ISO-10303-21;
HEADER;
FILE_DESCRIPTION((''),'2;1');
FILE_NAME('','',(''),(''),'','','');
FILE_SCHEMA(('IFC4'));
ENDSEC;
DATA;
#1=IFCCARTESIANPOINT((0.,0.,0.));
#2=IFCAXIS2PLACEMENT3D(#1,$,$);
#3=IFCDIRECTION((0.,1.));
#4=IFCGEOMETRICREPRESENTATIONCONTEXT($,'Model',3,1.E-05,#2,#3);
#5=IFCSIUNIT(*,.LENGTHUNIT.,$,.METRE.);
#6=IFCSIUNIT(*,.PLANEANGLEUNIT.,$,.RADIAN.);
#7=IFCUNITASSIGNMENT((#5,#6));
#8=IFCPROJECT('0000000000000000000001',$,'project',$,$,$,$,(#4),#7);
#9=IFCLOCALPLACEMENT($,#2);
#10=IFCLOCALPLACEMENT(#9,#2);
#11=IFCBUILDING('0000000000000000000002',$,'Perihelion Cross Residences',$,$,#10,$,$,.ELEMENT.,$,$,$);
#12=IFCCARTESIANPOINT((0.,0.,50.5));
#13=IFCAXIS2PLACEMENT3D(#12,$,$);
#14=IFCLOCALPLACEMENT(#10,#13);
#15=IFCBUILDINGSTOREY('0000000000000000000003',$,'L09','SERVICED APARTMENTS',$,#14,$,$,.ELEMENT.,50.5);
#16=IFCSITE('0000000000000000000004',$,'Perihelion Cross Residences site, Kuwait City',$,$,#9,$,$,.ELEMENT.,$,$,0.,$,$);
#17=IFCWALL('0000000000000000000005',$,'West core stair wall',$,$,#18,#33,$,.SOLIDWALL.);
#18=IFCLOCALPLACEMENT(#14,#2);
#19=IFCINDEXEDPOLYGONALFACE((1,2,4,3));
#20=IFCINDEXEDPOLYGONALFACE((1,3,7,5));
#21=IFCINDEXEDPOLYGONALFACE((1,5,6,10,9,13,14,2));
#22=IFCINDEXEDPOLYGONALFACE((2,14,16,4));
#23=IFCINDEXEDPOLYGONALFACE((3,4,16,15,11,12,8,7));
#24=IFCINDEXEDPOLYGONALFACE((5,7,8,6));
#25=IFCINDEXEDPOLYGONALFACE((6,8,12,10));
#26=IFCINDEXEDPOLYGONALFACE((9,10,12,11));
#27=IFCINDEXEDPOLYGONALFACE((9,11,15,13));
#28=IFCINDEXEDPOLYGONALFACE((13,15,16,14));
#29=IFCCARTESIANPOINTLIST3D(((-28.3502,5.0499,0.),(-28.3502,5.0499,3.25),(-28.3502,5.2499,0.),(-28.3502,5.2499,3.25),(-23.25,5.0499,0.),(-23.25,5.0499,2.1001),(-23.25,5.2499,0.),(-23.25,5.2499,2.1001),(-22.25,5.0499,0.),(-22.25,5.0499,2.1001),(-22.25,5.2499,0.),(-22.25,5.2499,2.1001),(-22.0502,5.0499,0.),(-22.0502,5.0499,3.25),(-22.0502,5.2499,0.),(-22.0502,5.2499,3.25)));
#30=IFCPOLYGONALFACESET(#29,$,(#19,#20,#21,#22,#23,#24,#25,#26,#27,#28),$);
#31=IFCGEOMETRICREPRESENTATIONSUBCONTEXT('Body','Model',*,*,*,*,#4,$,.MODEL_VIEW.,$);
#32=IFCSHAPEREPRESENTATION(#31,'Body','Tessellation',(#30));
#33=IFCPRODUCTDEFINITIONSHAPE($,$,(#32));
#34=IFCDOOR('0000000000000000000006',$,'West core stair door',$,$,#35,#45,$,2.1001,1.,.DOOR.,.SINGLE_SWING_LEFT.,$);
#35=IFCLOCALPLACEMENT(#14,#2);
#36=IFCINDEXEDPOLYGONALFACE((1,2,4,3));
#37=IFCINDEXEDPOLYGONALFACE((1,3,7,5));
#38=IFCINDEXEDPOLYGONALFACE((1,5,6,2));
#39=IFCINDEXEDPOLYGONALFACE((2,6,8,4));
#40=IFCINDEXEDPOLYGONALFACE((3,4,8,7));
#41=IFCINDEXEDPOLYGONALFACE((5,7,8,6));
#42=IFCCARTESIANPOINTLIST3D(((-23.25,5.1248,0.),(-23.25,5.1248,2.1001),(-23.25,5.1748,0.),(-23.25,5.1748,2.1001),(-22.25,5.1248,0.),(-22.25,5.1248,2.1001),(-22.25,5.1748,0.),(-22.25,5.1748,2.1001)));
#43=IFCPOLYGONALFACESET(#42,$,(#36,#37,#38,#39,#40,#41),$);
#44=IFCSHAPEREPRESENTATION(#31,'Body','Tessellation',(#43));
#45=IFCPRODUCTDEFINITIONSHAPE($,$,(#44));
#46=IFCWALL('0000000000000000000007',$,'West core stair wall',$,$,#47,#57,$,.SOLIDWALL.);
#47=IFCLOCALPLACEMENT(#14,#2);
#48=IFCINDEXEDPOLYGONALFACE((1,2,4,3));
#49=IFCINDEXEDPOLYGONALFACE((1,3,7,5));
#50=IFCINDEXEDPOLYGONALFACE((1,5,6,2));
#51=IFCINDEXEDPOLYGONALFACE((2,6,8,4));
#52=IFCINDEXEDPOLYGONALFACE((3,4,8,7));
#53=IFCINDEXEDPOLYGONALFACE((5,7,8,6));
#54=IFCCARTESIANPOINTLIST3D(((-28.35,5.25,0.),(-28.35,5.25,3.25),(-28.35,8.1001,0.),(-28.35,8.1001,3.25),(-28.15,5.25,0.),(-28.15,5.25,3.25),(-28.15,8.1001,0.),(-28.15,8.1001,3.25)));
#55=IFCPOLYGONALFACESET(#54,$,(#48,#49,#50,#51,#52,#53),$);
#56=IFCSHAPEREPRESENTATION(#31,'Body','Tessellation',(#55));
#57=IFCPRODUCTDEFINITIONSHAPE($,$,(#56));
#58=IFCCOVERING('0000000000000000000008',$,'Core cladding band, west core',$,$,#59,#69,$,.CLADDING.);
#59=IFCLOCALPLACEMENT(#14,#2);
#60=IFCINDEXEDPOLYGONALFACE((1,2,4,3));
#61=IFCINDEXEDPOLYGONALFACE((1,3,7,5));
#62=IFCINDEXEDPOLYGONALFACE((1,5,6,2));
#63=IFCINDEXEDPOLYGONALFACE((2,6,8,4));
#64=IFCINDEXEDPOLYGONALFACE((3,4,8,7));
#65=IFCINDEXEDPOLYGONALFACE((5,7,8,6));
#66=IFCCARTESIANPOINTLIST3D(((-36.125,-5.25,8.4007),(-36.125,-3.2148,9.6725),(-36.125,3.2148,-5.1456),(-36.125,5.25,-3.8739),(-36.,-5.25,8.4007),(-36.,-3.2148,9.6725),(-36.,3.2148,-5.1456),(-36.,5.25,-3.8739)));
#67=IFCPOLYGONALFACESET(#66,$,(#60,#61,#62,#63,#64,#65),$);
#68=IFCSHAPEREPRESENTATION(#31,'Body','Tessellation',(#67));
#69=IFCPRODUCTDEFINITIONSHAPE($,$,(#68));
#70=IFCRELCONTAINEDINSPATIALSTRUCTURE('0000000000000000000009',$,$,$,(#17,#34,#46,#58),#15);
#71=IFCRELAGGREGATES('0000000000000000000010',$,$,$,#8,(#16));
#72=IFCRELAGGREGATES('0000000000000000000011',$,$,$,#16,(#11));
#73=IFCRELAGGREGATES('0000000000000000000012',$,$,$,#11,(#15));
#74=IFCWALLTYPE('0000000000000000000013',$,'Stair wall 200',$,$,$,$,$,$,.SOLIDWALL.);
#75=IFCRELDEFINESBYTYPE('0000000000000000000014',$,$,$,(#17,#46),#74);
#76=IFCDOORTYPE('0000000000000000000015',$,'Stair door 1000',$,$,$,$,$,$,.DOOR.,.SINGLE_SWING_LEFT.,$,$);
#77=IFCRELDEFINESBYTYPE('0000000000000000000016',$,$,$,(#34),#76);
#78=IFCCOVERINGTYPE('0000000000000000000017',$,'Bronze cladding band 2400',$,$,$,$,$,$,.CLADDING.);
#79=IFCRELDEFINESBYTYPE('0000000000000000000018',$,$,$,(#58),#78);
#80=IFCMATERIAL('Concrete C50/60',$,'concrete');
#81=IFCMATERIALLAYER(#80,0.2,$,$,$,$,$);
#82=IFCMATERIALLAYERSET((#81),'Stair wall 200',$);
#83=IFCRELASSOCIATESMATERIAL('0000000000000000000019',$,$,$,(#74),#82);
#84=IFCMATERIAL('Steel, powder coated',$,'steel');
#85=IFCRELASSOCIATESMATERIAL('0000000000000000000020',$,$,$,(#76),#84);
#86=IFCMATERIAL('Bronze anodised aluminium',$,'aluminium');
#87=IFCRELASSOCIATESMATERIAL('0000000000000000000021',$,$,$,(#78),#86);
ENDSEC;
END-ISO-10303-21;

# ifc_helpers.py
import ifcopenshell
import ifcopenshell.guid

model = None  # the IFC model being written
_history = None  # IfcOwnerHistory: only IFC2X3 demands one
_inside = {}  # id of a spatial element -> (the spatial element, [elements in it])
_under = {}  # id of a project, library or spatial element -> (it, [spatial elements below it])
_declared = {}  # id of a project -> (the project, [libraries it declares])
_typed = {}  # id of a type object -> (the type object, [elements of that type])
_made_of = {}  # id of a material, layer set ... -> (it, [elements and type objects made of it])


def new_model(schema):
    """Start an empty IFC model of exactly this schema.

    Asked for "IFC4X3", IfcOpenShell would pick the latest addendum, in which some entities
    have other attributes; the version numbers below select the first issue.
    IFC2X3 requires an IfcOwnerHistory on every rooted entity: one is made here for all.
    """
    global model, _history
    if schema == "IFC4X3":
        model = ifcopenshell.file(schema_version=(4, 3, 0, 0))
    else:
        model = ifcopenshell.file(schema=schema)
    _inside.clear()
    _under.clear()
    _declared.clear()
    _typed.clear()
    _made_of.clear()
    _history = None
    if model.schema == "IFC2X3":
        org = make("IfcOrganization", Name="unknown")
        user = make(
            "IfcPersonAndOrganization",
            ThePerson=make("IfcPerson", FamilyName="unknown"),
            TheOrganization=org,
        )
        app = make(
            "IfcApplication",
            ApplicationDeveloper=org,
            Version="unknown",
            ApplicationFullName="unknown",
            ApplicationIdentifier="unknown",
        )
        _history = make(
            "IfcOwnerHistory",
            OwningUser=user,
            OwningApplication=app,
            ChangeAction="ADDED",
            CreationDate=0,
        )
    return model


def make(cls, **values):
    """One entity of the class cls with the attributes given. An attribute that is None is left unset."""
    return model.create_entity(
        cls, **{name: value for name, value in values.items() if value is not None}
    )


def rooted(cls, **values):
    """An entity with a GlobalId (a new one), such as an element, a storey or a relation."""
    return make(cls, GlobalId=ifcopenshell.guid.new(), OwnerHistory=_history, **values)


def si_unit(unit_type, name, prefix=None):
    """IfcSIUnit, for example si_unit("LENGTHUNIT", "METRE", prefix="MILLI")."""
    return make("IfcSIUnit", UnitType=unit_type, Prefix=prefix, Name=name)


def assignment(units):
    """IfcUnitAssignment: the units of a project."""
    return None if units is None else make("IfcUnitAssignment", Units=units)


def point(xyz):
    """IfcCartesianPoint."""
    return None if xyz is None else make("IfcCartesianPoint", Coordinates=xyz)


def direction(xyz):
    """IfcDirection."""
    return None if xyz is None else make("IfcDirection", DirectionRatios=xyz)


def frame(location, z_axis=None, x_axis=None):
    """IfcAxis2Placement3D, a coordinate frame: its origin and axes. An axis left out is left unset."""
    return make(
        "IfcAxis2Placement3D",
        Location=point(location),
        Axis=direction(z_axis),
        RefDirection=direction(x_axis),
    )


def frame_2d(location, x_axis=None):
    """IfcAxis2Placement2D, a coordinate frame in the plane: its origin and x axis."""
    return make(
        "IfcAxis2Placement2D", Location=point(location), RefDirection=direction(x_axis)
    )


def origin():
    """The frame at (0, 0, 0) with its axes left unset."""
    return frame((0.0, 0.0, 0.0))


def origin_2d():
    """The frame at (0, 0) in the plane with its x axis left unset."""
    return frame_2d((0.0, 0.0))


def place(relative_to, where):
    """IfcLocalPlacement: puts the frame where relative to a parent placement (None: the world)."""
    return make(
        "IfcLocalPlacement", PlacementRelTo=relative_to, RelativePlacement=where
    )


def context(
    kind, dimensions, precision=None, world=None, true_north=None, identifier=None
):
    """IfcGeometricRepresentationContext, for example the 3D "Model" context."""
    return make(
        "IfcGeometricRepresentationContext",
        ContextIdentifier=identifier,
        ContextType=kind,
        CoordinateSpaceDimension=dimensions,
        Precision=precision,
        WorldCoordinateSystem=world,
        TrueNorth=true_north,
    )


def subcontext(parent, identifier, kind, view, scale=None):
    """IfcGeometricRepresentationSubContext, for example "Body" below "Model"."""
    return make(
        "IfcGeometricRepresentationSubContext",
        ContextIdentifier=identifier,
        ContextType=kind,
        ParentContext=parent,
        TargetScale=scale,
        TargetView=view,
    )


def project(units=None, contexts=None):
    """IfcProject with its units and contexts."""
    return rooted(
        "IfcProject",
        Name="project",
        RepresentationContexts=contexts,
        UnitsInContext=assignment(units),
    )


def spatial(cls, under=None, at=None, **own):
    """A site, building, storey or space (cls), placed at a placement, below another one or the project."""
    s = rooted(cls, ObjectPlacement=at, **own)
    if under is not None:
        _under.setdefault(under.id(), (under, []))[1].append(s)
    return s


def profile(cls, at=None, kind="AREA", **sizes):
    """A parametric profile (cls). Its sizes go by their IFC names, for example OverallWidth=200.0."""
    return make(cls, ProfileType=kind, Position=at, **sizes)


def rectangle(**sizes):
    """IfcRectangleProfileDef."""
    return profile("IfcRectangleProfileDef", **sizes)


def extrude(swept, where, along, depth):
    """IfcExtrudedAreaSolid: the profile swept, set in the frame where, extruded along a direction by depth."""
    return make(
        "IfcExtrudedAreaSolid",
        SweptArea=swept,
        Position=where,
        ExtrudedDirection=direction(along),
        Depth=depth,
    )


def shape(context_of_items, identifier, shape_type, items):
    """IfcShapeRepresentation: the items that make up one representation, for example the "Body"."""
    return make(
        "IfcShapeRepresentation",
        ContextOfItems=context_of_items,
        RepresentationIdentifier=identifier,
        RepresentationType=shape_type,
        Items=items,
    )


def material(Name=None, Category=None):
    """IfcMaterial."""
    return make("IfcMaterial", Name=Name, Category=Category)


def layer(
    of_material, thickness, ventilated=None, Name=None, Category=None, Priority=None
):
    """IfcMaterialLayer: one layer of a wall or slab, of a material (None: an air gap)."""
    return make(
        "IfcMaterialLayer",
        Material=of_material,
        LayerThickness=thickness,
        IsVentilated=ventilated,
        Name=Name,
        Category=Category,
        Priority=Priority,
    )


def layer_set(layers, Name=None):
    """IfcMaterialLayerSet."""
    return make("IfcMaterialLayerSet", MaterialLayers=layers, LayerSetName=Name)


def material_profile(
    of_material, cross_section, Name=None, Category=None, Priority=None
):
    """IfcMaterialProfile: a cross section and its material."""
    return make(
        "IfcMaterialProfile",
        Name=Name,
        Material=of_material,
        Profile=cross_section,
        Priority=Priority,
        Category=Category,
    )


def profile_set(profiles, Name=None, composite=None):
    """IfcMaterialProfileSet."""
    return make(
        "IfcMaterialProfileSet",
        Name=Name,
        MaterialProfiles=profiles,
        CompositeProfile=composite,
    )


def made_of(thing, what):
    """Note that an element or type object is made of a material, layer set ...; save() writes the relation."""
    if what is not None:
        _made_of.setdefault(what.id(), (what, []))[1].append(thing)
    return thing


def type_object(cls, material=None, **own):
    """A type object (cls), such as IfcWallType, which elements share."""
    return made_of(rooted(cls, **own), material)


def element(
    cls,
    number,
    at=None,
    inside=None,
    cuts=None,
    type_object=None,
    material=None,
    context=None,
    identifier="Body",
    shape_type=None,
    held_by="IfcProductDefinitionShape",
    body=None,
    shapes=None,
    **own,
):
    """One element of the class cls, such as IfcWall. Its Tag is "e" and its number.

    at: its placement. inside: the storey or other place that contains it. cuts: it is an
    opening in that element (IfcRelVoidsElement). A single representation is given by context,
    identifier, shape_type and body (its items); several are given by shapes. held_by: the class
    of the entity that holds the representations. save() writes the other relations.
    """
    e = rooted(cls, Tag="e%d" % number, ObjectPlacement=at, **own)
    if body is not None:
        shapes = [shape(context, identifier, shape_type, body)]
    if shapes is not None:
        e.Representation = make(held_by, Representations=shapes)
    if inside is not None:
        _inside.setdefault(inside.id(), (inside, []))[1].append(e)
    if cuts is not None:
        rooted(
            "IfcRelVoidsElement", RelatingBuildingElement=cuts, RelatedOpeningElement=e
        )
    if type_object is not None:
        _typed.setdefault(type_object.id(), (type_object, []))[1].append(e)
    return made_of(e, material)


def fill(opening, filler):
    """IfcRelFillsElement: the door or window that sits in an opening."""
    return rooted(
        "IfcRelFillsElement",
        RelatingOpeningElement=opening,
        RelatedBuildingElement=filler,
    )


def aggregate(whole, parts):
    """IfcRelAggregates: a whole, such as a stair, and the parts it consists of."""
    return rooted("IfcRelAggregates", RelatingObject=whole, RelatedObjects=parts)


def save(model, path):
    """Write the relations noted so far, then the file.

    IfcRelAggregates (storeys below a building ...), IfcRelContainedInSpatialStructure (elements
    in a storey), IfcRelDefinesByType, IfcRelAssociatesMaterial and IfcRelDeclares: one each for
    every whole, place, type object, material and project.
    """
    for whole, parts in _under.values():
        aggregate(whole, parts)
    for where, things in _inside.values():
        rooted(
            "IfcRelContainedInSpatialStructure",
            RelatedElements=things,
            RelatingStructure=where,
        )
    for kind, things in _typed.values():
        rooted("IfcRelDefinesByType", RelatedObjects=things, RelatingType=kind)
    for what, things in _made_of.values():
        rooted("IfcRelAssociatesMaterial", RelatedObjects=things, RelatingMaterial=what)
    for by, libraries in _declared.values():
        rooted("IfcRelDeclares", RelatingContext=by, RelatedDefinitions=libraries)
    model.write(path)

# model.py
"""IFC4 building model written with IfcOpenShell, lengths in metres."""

from ifc_helpers import new_model, si_unit, direction, frame, frame_2d, origin, origin_2d, place, context, subcontext, project, spatial, rectangle, extrude, material, layer, layer_set, material_profile, profile_set, type_object, element, fill, save


model = new_model("IFC4")

# Units and contexts
model_context = context("Model", 3, precision=1e-05, world=origin(), true_north=direction((0.0, 1.0)))
body_context = subcontext(model_context, "Body", "Model", "MODEL_VIEW")
ifc_project = project(units=[si_unit("LENGTHUNIT", "METRE"), si_unit("PLANEANGLEUNIT", "RADIAN")], contexts=[model_context])

# Site, building, storey
site_placement = place(None, origin())
site = spatial("IfcSite", under=ifc_project, at=site_placement, Name="Perihelion Cross Residences site, Kuwait City", CompositionType="ELEMENT", RefElevation=0.0)
building_placement = place(site_placement, origin())
building = spatial("IfcBuilding", under=site, at=building_placement, Name="Perihelion Cross Residences", CompositionType="ELEMENT")
storey_placement = place(building_placement, frame((0.0, 0.0, 50.5)))
storey = spatial("IfcBuildingStorey", under=building, at=storey_placement, Name="L09", Description="SERVICED APARTMENTS", CompositionType="ELEMENT", Elevation=50.5)

# Wall, opening, door
ifc_material_1 = material(Name="Concrete C50/60", Category="concrete")
ifc_layer_1 = layer(ifc_material_1, 0.2)
ifc_layer_set_1 = layer_set([ifc_layer_1], Name="Stair wall 200")
wall_type_1 = type_object("IfcWallType", Name="Stair wall 200", PredefinedType="SOLIDWALL", material=ifc_layer_set_1)
wall_1_placement = place(storey_placement, frame((-28.3501, 5.1499, 0.0), z_axis=(0.0, 0.0, 1.0), x_axis=(1.0, 0.0, 0.0)))
wall_1 = element("IfcWall", 1, at=wall_1_placement, inside=storey, type_object=wall_type_1, Name="West core stair wall", PredefinedType="SOLIDWALL", context=body_context, shape_type="SweptSolid", body=[
    extrude(rectangle(XDim=6.3, YDim=0.2, at=frame_2d((3.1499, 0.0))), origin(), (0.0, 0.0, 1.0), 3.25),
])
opening_1_placement = place(wall_1_placement, frame((5.1001, 0.0, 0.0)))
opening_1 = element("IfcOpeningElement", 2, at=opening_1_placement, cuts=wall_1, PredefinedType="OPENING", context=body_context, shape_type="SweptSolid", body=[
    extrude(rectangle(XDim=1.0, YDim=2.1001, at=frame_2d((0.5, 1.05))), frame((0.0, 0.1099, 0.0), z_axis=(0.0, -1.0, 0.0), x_axis=(1.0, 0.0, 0.0)), (0.0, 0.0, 1.0), 0.22),
])
ifc_material_2 = material(Name="Steel, powder coated", Category="steel")
door_type_1 = type_object("IfcDoorType", Name="Stair door 1000", OperationType="SINGLE_SWING_LEFT", PredefinedType="DOOR", material=ifc_material_2)
door_1_placement = place(opening_1_placement, origin())
door_1 = element("IfcDoor", 3, at=door_1_placement, inside=storey, type_object=door_type_1, Name="West core stair door", OperationType="SINGLE_SWING_LEFT", OverallHeight=2.1001, OverallWidth=1.0, PredefinedType="DOOR", context=body_context, shape_type="SweptSolid", body=[
    extrude(rectangle(XDim=1.0, YDim=2.1001, at=frame_2d((0.5, 1.05))), frame((0.0, 0.0249, 0.0), z_axis=(0.0, -1.0, 0.0), x_axis=(1.0, 0.0, 0.0)), (0.0, 0.0, 1.0), 0.05),
])
fill(opening_1, door_1)

# Wall
wall_2_placement = place(storey_placement, frame((-28.25, 5.25, 0.0), z_axis=(0.0, 0.0, 1.0), x_axis=(0.0, 1.0, 0.0)))
element("IfcWall", 4, at=wall_2_placement, inside=storey, type_object=wall_type_1, Name="West core stair wall", PredefinedType="SOLIDWALL", context=body_context, shape_type="SweptSolid", body=[
    extrude(rectangle(XDim=2.8501, YDim=0.2, at=frame_2d((1.425, 0.0))), origin(), (0.0, 0.0, 1.0), 3.25),
])

# Covering
ifc_material_3 = material(Name="Bronze anodised aluminium", Category="aluminium")
ifc_material_profile = material_profile(ifc_material_3, rectangle(XDim=0.125, YDim=2.3999, at=origin_2d()), Name="Bronze cladding band 2400")
ifc_profile_set = profile_set([ifc_material_profile], Name="Bronze anodised aluminium")
covering_type = type_object("IfcCoveringType", Name="Bronze cladding band 2400", PredefinedType="CLADDING", material=ifc_profile_set)
covering_placement = place(storey_placement, frame((-36.0625, 4.2324, -4.5098), z_axis=(0.0, -0.529925, 0.848045), x_axis=(1.0, 0.0, 0.0)))
element("IfcCovering", 5, at=covering_placement, inside=storey, type_object=covering_type, Name="Core cladding band, west core", PredefinedType="CLADDING", context=body_context, shape_type="SweptSolid", body=[
    extrude(rectangle(XDim=0.125, YDim=2.3999, at=origin_2d()), origin(), (0.0, 0.0, 1.0), 15.9736),
])

save(model, "model.ifc")
